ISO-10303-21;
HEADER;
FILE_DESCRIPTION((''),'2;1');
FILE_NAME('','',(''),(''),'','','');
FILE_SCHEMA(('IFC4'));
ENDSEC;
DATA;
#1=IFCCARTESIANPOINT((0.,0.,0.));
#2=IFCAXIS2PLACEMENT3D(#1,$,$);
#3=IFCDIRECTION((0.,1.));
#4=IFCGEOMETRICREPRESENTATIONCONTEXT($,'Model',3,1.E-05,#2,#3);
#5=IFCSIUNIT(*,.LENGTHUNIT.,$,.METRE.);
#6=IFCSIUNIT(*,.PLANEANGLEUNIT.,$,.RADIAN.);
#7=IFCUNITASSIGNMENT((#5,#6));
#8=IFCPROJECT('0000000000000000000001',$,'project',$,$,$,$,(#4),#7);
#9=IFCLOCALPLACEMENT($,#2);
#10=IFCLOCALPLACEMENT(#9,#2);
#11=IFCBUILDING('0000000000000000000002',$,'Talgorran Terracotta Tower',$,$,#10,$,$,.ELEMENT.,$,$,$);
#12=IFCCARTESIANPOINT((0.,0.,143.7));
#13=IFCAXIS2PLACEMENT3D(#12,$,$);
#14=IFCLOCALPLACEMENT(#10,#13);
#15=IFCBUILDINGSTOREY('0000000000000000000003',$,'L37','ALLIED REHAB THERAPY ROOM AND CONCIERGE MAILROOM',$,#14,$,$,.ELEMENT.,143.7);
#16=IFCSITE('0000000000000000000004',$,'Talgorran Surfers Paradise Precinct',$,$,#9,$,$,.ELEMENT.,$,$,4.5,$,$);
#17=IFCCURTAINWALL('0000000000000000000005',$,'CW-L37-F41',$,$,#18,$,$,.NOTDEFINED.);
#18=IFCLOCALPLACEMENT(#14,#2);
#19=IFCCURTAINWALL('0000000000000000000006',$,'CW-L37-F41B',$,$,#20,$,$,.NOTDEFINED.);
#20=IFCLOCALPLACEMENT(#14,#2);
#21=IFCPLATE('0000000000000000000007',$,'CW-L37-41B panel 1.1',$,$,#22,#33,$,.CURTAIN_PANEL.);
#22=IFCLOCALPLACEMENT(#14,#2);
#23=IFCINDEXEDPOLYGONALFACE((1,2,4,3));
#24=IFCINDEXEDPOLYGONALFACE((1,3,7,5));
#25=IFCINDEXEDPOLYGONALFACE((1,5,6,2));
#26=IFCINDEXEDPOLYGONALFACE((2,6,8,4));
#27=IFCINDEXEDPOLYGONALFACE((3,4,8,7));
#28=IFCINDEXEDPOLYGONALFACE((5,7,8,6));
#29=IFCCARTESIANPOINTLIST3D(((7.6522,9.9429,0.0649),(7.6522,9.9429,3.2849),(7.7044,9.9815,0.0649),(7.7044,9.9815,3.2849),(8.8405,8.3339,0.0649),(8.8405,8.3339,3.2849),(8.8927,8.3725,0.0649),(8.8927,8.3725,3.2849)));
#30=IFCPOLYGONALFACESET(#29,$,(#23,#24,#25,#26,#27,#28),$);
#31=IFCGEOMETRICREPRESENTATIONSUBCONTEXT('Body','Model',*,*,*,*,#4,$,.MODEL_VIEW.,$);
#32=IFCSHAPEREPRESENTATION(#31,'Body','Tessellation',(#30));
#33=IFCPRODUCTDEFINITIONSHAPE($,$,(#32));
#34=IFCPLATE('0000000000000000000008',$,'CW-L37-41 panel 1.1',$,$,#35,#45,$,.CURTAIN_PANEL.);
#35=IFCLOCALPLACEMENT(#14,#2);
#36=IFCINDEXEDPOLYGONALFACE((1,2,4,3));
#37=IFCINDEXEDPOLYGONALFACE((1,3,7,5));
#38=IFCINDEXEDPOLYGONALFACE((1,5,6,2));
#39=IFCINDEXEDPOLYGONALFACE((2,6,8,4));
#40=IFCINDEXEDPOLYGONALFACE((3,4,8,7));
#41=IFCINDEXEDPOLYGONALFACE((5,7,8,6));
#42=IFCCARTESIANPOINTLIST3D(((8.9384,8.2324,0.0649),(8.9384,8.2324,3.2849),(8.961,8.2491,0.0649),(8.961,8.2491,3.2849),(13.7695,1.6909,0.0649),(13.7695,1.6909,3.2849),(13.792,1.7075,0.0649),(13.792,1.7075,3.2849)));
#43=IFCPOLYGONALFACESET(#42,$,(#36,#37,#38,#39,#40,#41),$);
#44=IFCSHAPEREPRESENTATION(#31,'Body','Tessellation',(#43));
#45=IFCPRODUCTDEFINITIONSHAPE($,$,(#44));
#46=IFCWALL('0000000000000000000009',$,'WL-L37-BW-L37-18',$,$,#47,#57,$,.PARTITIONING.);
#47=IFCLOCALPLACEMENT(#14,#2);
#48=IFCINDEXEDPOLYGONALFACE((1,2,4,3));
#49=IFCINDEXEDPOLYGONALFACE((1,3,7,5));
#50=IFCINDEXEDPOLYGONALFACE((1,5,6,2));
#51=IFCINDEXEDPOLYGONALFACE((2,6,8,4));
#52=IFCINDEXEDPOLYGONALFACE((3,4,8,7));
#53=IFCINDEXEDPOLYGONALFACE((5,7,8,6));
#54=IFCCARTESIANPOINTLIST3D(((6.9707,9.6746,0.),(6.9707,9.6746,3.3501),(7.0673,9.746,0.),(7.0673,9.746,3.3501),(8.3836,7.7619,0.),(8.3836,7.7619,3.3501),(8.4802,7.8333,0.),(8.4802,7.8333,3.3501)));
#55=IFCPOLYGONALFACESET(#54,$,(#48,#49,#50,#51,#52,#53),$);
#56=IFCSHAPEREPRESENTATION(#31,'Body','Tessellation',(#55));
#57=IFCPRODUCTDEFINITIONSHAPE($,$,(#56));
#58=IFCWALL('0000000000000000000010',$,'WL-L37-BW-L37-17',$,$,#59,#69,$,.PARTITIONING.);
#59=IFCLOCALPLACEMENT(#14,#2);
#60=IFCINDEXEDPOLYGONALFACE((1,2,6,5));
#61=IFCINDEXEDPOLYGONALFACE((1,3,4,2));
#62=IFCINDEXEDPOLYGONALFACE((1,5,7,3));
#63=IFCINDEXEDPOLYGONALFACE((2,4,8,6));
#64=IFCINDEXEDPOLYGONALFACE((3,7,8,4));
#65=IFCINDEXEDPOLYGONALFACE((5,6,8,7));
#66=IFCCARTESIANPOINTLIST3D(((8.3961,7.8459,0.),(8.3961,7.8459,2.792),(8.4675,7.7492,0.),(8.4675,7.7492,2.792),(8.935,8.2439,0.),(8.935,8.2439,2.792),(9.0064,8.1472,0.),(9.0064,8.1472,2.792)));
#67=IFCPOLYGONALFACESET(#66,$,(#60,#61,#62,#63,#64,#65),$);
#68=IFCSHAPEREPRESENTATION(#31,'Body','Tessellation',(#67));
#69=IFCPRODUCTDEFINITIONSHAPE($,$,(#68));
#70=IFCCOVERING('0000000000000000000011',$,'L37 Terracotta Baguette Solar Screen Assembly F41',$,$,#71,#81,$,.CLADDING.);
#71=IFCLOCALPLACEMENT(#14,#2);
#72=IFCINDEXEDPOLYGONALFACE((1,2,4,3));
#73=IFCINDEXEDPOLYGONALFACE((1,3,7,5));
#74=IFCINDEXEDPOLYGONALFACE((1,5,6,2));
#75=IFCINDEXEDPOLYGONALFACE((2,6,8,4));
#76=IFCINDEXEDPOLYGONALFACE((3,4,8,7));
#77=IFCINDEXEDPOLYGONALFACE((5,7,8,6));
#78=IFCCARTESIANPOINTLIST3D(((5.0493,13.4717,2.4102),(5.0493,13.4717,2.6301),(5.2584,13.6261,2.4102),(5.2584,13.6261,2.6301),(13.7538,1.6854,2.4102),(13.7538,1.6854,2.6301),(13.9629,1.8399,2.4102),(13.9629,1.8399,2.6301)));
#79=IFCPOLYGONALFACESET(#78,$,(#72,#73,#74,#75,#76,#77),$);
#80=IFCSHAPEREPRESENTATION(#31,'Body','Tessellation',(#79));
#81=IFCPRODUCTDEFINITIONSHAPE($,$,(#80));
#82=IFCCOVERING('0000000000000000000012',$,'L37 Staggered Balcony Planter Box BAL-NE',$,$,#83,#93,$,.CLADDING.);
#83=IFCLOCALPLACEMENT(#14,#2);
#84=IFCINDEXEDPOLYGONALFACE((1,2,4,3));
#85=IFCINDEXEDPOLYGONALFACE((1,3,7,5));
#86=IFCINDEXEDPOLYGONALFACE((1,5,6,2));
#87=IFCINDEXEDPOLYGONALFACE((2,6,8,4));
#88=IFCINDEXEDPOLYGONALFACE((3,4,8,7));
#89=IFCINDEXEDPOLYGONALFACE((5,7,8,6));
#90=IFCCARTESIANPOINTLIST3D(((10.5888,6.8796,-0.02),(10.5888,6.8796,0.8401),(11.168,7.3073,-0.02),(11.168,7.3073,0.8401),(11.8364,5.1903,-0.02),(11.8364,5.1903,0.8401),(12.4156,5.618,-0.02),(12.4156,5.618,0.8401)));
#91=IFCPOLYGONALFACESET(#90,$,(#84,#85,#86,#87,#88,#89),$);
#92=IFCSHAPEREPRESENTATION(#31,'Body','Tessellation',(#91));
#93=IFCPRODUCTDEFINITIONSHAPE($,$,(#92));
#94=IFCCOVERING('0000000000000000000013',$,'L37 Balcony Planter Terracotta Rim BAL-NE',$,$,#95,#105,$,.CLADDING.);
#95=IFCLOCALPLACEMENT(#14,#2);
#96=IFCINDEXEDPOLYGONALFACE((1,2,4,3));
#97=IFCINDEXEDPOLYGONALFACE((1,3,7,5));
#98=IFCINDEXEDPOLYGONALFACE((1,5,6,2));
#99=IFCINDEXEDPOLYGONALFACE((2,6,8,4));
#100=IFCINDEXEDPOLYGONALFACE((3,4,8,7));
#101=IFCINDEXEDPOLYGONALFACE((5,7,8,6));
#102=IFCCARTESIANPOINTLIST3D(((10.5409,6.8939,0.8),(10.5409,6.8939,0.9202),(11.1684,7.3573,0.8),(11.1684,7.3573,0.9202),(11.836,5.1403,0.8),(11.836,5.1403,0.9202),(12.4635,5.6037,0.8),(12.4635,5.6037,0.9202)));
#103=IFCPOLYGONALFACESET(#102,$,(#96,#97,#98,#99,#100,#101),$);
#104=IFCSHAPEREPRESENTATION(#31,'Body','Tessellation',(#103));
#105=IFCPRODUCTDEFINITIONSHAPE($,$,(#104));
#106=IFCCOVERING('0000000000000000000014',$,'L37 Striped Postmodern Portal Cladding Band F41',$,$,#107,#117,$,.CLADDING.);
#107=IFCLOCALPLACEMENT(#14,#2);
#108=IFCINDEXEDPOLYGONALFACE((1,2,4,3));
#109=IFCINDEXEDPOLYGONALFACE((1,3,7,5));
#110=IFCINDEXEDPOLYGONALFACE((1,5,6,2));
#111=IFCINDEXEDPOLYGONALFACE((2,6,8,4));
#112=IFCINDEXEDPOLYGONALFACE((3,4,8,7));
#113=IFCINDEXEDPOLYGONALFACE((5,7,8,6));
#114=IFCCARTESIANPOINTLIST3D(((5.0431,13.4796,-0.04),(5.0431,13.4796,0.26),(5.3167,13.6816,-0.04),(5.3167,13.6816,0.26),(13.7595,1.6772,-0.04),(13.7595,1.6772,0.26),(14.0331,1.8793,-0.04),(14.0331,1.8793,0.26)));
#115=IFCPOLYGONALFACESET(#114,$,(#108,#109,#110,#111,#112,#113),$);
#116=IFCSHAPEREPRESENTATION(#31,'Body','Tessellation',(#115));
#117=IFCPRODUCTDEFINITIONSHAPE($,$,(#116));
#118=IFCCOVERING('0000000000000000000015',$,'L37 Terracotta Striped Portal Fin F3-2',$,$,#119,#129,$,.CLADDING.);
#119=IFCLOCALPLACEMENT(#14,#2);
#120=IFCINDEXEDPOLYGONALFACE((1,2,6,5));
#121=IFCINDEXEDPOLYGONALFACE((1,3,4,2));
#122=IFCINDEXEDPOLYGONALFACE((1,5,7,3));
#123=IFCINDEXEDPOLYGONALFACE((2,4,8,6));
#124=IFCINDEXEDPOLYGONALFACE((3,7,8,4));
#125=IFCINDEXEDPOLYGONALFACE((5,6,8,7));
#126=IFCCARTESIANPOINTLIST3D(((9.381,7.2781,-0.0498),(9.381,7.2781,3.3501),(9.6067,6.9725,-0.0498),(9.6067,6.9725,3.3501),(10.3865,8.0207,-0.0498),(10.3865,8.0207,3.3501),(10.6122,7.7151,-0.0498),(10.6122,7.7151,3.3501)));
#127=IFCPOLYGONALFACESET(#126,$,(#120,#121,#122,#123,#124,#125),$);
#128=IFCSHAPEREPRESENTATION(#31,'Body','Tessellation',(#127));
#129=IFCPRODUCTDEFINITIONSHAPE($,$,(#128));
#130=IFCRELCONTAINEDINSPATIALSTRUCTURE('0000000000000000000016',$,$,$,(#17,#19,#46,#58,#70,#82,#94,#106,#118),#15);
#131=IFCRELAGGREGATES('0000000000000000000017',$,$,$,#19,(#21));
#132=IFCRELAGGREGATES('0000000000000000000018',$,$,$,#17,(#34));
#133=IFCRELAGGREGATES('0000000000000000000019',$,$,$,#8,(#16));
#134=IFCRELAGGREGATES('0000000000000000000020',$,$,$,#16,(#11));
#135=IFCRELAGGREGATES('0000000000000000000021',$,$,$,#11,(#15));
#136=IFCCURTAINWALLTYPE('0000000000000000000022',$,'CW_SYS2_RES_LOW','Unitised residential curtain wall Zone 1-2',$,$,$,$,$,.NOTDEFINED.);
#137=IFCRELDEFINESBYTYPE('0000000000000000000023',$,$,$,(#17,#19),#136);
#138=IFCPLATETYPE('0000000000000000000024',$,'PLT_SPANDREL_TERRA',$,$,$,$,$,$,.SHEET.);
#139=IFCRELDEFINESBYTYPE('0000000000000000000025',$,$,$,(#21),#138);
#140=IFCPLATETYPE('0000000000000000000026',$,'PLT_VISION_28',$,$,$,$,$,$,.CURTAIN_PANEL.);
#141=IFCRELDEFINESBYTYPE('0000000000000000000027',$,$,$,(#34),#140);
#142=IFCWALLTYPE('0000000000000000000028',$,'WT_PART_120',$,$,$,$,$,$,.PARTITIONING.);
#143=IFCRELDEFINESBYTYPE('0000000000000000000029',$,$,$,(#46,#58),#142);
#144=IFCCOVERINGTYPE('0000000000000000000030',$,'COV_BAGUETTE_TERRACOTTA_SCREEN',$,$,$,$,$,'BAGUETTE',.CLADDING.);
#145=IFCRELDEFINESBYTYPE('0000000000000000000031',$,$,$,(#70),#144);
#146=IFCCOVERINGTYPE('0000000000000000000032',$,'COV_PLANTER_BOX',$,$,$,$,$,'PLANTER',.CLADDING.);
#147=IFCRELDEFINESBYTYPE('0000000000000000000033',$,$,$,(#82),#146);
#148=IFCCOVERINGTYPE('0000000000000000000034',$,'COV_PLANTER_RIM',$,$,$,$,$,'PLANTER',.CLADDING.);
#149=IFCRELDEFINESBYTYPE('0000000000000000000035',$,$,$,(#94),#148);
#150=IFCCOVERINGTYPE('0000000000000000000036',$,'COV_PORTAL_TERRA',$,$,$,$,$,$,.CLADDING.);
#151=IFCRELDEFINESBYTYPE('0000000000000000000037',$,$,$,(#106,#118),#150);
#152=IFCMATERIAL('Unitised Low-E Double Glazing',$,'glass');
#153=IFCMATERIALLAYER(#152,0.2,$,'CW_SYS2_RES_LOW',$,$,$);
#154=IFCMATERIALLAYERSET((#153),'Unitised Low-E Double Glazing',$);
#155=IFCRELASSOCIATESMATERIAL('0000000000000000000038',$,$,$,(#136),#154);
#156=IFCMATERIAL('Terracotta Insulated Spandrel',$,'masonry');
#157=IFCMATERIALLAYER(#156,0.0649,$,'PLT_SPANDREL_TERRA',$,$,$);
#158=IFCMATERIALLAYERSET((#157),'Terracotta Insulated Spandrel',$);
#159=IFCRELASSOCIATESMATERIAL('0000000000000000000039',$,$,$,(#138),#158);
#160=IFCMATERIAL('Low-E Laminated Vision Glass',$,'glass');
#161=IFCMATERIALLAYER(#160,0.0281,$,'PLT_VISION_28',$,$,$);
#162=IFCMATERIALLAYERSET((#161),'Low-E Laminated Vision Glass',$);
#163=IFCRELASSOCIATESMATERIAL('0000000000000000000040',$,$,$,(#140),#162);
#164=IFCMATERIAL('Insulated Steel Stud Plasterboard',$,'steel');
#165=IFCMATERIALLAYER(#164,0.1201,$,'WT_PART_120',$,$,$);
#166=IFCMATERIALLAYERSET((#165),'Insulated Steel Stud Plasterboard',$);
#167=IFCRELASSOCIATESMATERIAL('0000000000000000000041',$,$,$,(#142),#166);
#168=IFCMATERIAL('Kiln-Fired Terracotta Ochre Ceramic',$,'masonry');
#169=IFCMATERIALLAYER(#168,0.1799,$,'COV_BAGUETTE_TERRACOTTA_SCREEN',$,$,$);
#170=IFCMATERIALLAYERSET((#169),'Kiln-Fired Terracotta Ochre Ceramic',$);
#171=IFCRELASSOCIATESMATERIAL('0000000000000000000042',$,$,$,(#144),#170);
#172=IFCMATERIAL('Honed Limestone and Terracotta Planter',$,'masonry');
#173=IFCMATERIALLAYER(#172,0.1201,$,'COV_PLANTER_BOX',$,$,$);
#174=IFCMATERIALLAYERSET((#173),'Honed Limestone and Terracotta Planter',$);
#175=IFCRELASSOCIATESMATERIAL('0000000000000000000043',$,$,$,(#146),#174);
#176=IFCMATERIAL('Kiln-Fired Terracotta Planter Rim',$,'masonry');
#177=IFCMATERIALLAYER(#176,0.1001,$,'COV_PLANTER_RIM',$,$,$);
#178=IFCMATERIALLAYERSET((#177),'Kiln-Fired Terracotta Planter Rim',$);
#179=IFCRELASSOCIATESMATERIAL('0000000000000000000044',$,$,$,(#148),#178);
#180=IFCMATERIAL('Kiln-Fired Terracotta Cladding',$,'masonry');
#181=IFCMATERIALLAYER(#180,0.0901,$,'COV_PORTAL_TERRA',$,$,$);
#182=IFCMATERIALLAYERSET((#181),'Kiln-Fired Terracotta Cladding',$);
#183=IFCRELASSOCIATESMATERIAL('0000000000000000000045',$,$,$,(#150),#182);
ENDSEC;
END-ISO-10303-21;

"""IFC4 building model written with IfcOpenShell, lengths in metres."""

from ifc_helpers import new_model, si_unit, direction, frame, frame_2d, origin, origin_2d, place, context, subcontext, project, spatial, rectangle, extrude, source, transform, mapped, material, layer, layer_set, type_object, type_shapes, element, aggregate, save


model = new_model("IFC4")

# Units and contexts
model_context = context("Model", 3, precision=1e-05, world=origin(), true_north=direction((0.0, 1.0)))
body_context = subcontext(model_context, "Body", "Model", "MODEL_VIEW")
ifc_project = project(units=[si_unit("LENGTHUNIT", "METRE"), si_unit("PLANEANGLEUNIT", "RADIAN")], contexts=[model_context])

# Site, building, storey
site_placement = place(None, origin())
site = spatial("IfcSite", under=ifc_project, at=site_placement, Name="Talgorran Surfers Paradise Precinct", CompositionType="ELEMENT", RefElevation=4.5)
building_placement = place(site_placement, origin())
building = spatial("IfcBuilding", under=site, at=building_placement, Name="Talgorran Terracotta Tower", CompositionType="ELEMENT")
storey_placement = place(building_placement, frame((0.0, 0.0, 143.7)))
storey = spatial("IfcBuildingStorey", under=building, at=storey_placement, Name="L37", Description="ALLIED REHAB THERAPY ROOM AND CONCIERGE MAILROOM", CompositionType="ELEMENT", Elevation=143.7)

# Curtain wall
ifc_material_1 = material(Name="Unitised Low-E Double Glazing", Category="glass")
ifc_layer_1 = layer(ifc_material_1, 0.2, Name="CW_SYS2_RES_LOW")
ifc_layer_set_1 = layer_set([ifc_layer_1], Name="Unitised Low-E Double Glazing")
curtain_wall_type = type_object("IfcCurtainWallType", Name="CW_SYS2_RES_LOW", Description="Unitised residential curtain wall Zone 1-2", PredefinedType="NOTDEFINED", material=ifc_layer_set_1)
curtain_wall_1_placement = place(storey_placement, origin())
curtain_wall_1 = element("IfcCurtainWall", 1, at=curtain_wall_1_placement, inside=storey, type_object=curtain_wall_type, Name="CW-L37-F41", PredefinedType="NOTDEFINED")

# Curtain wall
curtain_wall_2_placement = place(storey_placement, origin())
curtain_wall_2 = element("IfcCurtainWall", 2, at=curtain_wall_2_placement, inside=storey, type_object=curtain_wall_type, Name="CW-L37-F41B", PredefinedType="NOTDEFINED")

# Plates
ifc_material_2 = material(Name="Terracotta Insulated Spandrel", Category="masonry")
ifc_layer_2 = layer(ifc_material_2, 0.0649, Name="PLT_SPANDREL_TERRA")
ifc_layer_set_2 = layer_set([ifc_layer_2], Name="Terracotta Insulated Spandrel")
plate_type_1 = type_object("IfcPlateType", Name="PLT_SPANDREL_TERRA", PredefinedType="SHEET", material=ifc_layer_set_2)
shared_shape_1 = source(origin(), body_context, "Body", "SweptSolid", [
    extrude(rectangle(XDim=2.0002, YDim=0.0649, at=origin_2d()), origin(), (0.0, 0.0, 1.0), 3.22),
])
type_shapes(plate_type_1, [shared_shape_1])
plate_1_placement = place(storey_placement, frame((8.2725, 9.1577, 0.0649), z_axis=(0.0, 0.0, 1.0), x_axis=(-0.594065, 0.804417, 0.0)))
plate_1 = element("IfcPlate", 3, at=plate_1_placement, type_object=plate_type_1, Name="CW-L37-41B panel 1.1", PredefinedType="CURTAIN_PANEL", context=body_context, shape_type="MappedRepresentation", body=[
    mapped(shared_shape_1, transform((0.0, 0.0, 0.0), scale=1.0)),
])
aggregate(curtain_wall_2, [plate_1])
ifc_material_3 = material(Name="Low-E Laminated Vision Glass", Category="glass")
ifc_layer_3 = layer(ifc_material_3, 0.0281, Name="PLT_VISION_28")
ifc_layer_set_3 = layer_set([ifc_layer_3], Name="Low-E Laminated Vision Glass")
plate_type_2 = type_object("IfcPlateType", Name="PLT_VISION_28", PredefinedType="CURTAIN_PANEL", material=ifc_layer_set_3)
shared_shape_2 = source(origin(), body_context, "Body", "SweptSolid", [
    extrude(rectangle(XDim=8.1321, YDim=0.0281, at=origin_2d()), origin(), (0.0, 0.0, 1.0), 3.22),
])
type_shapes(plate_type_2, [shared_shape_2])
plate_2_placement = place(storey_placement, frame((11.3652, 4.97, 0.0649), z_axis=(0.0, 0.0, 1.0), x_axis=(-0.594069, 0.804414, 0.0)))
plate_2 = element("IfcPlate", 4, at=plate_2_placement, type_object=plate_type_2, Name="CW-L37-41 panel 1.1", PredefinedType="CURTAIN_PANEL", context=body_context, shape_type="MappedRepresentation", body=[
    mapped(shared_shape_2, transform((0.0, 0.0, 0.0), scale=1.0)),
])
aggregate(curtain_wall_1, [plate_2])

# Walls
ifc_material_4 = material(Name="Insulated Steel Stud Plasterboard", Category="steel")
ifc_layer_4 = layer(ifc_material_4, 0.1201, Name="WT_PART_120")
ifc_layer_set_4 = layer_set([ifc_layer_4], Name="Insulated Steel Stud Plasterboard")
wall_type = type_object("IfcWallType", Name="WT_PART_120", PredefinedType="PARTITIONING", material=ifc_layer_set_4)
wall_1_placement = place(storey_placement, frame((8.4319, 7.7976, 0.0), z_axis=(0.0, 0.0, 1.0), x_axis=(-0.594169, 0.80434, 0.0)))
element("IfcWall", 5, at=wall_1_placement, inside=storey, type_object=wall_type, Name="WL-L37-BW-L37-18", PredefinedType="PARTITIONING", context=body_context, shape_type="SweptSolid", body=[
    extrude(rectangle(XDim=2.3779, YDim=0.1201, at=frame_2d((1.189, 0.0))), origin(), (0.0, 0.0, 1.0), 3.3501),
])
wall_2_placement = place(storey_placement, frame((8.9707, 8.1956, 0.0), z_axis=(0.0, 0.0, 1.0), x_axis=(-0.804396, -0.594094, 0.0)))
element("IfcWall", 6, at=wall_2_placement, inside=storey, type_object=wall_type, Name="WL-L37-BW-L37-17", PredefinedType="PARTITIONING", context=body_context, shape_type="SweptSolid", body=[
    extrude(rectangle(XDim=0.6699, YDim=0.1201, at=frame_2d((0.335, 0.0))), origin(), (0.0, 0.0, 1.0), 2.792),
])

# Coverings
ifc_material_5 = material(Name="Kiln-Fired Terracotta Ochre Ceramic", Category="masonry")
ifc_layer_5 = layer(ifc_material_5, 0.1799, Name="COV_BAGUETTE_TERRACOTTA_SCREEN")
ifc_layer_set_5 = layer_set([ifc_layer_5], Name="Kiln-Fired Terracotta Ochre Ceramic")
covering_type_1 = type_object("IfcCoveringType", Name="COV_BAGUETTE_TERRACOTTA_SCREEN", ElementType="BAGUETTE", PredefinedType="CLADDING", material=ifc_layer_set_5)
covering_1_placement = place(storey_placement, frame((9.5061, 7.6558, 2.4102), z_axis=(0.0, 0.0, 1.0), x_axis=(-0.594079, 0.804407, 0.0)))
element("IfcCovering", 7, at=covering_1_placement, inside=storey, type_object=covering_type_1, Name="L37 Terracotta Baguette Solar Screen Assembly F41", PredefinedType="CLADDING", context=body_context, shape_type="SweptSolid", body=[
    extrude(rectangle(XDim=14.6521, YDim=0.26, at=origin_2d()), origin(), (0.0, 0.0, 1.0), 0.22),
])
ifc_material_6 = material(Name="Honed Limestone and Terracotta Planter", Category="masonry")
ifc_layer_6 = layer(ifc_material_6, 0.1201, Name="COV_PLANTER_BOX")
ifc_layer_set_6 = layer_set([ifc_layer_6], Name="Honed Limestone and Terracotta Planter")
covering_type_2 = type_object("IfcCoveringType", Name="COV_PLANTER_BOX", ElementType="PLANTER", PredefinedType="CLADDING", material=ifc_layer_set_6)
covering_2_placement = place(storey_placement, frame((11.5022, 6.2488, -0.02), z_axis=(0.0, 0.0, 1.0), x_axis=(-0.594079, 0.804407, 0.0)))
element("IfcCovering", 8, at=covering_2_placement, inside=storey, type_object=covering_type_2, Name="L37 Staggered Balcony Planter Box BAL-NE", PredefinedType="CLADDING", context=body_context, shape_type="SweptSolid", body=[
    extrude(rectangle(XDim=2.1001, YDim=0.72, at=origin_2d()), origin(), (0.0, 0.0, 1.0), 0.8601),
])
ifc_material_7 = material(Name="Kiln-Fired Terracotta Planter Rim", Category="masonry")
ifc_layer_7 = layer(ifc_material_7, 0.1001, Name="COV_PLANTER_RIM")
ifc_layer_set_7 = layer_set([ifc_layer_7], Name="Kiln-Fired Terracotta Planter Rim")
covering_type_3 = type_object("IfcCoveringType", Name="COV_PLANTER_RIM", ElementType="PLANTER", PredefinedType="CLADDING", material=ifc_layer_set_7)
covering_3_placement = place(storey_placement, frame((11.5022, 6.2488, 0.8), z_axis=(0.0, 0.0, 1.0), x_axis=(-0.594079, 0.804407, 0.0)))
element("IfcCovering", 9, at=covering_3_placement, inside=storey, type_object=covering_type_3, Name="L37 Balcony Planter Terracotta Rim BAL-NE", PredefinedType="CLADDING", context=body_context, shape_type="SweptSolid", body=[
    extrude(rectangle(XDim=2.1799, YDim=0.78, at=origin_2d()), origin(), (0.0, 0.0, 1.0), 0.1201),
])
ifc_material_8 = material(Name="Kiln-Fired Terracotta Cladding", Category="masonry")
ifc_layer_8 = layer(ifc_material_8, 0.0901, Name="COV_PORTAL_TERRA")
ifc_layer_set_8 = layer_set([ifc_layer_8], Name="Kiln-Fired Terracotta Cladding")
covering_type_4 = type_object("IfcCoveringType", Name="COV_PORTAL_TERRA", PredefinedType="CLADDING", material=ifc_layer_set_8)
covering_4_placement = place(storey_placement, frame((9.5381, 7.6794, -0.04), z_axis=(0.0, 0.0, 1.0), x_axis=(-0.594079, 0.804407, 0.0)))
element("IfcCovering", 10, at=covering_4_placement, inside=storey, type_object=covering_type_4, Name="L37 Striped Postmodern Portal Cladding Band F41", PredefinedType="CLADDING", context=body_context, shape_type="SweptSolid", body=[
    extrude(rectangle(XDim=14.6721, YDim=0.3401, at=origin_2d()), origin(), (0.0, 0.0, 1.0), 0.3),
])
covering_5_placement = place(storey_placement, frame((9.9966, 7.4966, -0.0498), z_axis=(0.0, 0.0, 1.0), x_axis=(-0.594079, 0.804407, 0.0)))
element("IfcCovering", 11, at=covering_5_placement, inside=storey, type_object=covering_type_4, Name="L37 Terracotta Striped Portal Fin F3-2", PredefinedType="CLADDING", context=body_context, shape_type="SweptSolid", body=[
    extrude(rectangle(XDim=0.3799, YDim=1.25, at=origin_2d()), origin(), (0.0, 0.0, 1.0), 3.3999),
])

save(model, "model.ifc")
